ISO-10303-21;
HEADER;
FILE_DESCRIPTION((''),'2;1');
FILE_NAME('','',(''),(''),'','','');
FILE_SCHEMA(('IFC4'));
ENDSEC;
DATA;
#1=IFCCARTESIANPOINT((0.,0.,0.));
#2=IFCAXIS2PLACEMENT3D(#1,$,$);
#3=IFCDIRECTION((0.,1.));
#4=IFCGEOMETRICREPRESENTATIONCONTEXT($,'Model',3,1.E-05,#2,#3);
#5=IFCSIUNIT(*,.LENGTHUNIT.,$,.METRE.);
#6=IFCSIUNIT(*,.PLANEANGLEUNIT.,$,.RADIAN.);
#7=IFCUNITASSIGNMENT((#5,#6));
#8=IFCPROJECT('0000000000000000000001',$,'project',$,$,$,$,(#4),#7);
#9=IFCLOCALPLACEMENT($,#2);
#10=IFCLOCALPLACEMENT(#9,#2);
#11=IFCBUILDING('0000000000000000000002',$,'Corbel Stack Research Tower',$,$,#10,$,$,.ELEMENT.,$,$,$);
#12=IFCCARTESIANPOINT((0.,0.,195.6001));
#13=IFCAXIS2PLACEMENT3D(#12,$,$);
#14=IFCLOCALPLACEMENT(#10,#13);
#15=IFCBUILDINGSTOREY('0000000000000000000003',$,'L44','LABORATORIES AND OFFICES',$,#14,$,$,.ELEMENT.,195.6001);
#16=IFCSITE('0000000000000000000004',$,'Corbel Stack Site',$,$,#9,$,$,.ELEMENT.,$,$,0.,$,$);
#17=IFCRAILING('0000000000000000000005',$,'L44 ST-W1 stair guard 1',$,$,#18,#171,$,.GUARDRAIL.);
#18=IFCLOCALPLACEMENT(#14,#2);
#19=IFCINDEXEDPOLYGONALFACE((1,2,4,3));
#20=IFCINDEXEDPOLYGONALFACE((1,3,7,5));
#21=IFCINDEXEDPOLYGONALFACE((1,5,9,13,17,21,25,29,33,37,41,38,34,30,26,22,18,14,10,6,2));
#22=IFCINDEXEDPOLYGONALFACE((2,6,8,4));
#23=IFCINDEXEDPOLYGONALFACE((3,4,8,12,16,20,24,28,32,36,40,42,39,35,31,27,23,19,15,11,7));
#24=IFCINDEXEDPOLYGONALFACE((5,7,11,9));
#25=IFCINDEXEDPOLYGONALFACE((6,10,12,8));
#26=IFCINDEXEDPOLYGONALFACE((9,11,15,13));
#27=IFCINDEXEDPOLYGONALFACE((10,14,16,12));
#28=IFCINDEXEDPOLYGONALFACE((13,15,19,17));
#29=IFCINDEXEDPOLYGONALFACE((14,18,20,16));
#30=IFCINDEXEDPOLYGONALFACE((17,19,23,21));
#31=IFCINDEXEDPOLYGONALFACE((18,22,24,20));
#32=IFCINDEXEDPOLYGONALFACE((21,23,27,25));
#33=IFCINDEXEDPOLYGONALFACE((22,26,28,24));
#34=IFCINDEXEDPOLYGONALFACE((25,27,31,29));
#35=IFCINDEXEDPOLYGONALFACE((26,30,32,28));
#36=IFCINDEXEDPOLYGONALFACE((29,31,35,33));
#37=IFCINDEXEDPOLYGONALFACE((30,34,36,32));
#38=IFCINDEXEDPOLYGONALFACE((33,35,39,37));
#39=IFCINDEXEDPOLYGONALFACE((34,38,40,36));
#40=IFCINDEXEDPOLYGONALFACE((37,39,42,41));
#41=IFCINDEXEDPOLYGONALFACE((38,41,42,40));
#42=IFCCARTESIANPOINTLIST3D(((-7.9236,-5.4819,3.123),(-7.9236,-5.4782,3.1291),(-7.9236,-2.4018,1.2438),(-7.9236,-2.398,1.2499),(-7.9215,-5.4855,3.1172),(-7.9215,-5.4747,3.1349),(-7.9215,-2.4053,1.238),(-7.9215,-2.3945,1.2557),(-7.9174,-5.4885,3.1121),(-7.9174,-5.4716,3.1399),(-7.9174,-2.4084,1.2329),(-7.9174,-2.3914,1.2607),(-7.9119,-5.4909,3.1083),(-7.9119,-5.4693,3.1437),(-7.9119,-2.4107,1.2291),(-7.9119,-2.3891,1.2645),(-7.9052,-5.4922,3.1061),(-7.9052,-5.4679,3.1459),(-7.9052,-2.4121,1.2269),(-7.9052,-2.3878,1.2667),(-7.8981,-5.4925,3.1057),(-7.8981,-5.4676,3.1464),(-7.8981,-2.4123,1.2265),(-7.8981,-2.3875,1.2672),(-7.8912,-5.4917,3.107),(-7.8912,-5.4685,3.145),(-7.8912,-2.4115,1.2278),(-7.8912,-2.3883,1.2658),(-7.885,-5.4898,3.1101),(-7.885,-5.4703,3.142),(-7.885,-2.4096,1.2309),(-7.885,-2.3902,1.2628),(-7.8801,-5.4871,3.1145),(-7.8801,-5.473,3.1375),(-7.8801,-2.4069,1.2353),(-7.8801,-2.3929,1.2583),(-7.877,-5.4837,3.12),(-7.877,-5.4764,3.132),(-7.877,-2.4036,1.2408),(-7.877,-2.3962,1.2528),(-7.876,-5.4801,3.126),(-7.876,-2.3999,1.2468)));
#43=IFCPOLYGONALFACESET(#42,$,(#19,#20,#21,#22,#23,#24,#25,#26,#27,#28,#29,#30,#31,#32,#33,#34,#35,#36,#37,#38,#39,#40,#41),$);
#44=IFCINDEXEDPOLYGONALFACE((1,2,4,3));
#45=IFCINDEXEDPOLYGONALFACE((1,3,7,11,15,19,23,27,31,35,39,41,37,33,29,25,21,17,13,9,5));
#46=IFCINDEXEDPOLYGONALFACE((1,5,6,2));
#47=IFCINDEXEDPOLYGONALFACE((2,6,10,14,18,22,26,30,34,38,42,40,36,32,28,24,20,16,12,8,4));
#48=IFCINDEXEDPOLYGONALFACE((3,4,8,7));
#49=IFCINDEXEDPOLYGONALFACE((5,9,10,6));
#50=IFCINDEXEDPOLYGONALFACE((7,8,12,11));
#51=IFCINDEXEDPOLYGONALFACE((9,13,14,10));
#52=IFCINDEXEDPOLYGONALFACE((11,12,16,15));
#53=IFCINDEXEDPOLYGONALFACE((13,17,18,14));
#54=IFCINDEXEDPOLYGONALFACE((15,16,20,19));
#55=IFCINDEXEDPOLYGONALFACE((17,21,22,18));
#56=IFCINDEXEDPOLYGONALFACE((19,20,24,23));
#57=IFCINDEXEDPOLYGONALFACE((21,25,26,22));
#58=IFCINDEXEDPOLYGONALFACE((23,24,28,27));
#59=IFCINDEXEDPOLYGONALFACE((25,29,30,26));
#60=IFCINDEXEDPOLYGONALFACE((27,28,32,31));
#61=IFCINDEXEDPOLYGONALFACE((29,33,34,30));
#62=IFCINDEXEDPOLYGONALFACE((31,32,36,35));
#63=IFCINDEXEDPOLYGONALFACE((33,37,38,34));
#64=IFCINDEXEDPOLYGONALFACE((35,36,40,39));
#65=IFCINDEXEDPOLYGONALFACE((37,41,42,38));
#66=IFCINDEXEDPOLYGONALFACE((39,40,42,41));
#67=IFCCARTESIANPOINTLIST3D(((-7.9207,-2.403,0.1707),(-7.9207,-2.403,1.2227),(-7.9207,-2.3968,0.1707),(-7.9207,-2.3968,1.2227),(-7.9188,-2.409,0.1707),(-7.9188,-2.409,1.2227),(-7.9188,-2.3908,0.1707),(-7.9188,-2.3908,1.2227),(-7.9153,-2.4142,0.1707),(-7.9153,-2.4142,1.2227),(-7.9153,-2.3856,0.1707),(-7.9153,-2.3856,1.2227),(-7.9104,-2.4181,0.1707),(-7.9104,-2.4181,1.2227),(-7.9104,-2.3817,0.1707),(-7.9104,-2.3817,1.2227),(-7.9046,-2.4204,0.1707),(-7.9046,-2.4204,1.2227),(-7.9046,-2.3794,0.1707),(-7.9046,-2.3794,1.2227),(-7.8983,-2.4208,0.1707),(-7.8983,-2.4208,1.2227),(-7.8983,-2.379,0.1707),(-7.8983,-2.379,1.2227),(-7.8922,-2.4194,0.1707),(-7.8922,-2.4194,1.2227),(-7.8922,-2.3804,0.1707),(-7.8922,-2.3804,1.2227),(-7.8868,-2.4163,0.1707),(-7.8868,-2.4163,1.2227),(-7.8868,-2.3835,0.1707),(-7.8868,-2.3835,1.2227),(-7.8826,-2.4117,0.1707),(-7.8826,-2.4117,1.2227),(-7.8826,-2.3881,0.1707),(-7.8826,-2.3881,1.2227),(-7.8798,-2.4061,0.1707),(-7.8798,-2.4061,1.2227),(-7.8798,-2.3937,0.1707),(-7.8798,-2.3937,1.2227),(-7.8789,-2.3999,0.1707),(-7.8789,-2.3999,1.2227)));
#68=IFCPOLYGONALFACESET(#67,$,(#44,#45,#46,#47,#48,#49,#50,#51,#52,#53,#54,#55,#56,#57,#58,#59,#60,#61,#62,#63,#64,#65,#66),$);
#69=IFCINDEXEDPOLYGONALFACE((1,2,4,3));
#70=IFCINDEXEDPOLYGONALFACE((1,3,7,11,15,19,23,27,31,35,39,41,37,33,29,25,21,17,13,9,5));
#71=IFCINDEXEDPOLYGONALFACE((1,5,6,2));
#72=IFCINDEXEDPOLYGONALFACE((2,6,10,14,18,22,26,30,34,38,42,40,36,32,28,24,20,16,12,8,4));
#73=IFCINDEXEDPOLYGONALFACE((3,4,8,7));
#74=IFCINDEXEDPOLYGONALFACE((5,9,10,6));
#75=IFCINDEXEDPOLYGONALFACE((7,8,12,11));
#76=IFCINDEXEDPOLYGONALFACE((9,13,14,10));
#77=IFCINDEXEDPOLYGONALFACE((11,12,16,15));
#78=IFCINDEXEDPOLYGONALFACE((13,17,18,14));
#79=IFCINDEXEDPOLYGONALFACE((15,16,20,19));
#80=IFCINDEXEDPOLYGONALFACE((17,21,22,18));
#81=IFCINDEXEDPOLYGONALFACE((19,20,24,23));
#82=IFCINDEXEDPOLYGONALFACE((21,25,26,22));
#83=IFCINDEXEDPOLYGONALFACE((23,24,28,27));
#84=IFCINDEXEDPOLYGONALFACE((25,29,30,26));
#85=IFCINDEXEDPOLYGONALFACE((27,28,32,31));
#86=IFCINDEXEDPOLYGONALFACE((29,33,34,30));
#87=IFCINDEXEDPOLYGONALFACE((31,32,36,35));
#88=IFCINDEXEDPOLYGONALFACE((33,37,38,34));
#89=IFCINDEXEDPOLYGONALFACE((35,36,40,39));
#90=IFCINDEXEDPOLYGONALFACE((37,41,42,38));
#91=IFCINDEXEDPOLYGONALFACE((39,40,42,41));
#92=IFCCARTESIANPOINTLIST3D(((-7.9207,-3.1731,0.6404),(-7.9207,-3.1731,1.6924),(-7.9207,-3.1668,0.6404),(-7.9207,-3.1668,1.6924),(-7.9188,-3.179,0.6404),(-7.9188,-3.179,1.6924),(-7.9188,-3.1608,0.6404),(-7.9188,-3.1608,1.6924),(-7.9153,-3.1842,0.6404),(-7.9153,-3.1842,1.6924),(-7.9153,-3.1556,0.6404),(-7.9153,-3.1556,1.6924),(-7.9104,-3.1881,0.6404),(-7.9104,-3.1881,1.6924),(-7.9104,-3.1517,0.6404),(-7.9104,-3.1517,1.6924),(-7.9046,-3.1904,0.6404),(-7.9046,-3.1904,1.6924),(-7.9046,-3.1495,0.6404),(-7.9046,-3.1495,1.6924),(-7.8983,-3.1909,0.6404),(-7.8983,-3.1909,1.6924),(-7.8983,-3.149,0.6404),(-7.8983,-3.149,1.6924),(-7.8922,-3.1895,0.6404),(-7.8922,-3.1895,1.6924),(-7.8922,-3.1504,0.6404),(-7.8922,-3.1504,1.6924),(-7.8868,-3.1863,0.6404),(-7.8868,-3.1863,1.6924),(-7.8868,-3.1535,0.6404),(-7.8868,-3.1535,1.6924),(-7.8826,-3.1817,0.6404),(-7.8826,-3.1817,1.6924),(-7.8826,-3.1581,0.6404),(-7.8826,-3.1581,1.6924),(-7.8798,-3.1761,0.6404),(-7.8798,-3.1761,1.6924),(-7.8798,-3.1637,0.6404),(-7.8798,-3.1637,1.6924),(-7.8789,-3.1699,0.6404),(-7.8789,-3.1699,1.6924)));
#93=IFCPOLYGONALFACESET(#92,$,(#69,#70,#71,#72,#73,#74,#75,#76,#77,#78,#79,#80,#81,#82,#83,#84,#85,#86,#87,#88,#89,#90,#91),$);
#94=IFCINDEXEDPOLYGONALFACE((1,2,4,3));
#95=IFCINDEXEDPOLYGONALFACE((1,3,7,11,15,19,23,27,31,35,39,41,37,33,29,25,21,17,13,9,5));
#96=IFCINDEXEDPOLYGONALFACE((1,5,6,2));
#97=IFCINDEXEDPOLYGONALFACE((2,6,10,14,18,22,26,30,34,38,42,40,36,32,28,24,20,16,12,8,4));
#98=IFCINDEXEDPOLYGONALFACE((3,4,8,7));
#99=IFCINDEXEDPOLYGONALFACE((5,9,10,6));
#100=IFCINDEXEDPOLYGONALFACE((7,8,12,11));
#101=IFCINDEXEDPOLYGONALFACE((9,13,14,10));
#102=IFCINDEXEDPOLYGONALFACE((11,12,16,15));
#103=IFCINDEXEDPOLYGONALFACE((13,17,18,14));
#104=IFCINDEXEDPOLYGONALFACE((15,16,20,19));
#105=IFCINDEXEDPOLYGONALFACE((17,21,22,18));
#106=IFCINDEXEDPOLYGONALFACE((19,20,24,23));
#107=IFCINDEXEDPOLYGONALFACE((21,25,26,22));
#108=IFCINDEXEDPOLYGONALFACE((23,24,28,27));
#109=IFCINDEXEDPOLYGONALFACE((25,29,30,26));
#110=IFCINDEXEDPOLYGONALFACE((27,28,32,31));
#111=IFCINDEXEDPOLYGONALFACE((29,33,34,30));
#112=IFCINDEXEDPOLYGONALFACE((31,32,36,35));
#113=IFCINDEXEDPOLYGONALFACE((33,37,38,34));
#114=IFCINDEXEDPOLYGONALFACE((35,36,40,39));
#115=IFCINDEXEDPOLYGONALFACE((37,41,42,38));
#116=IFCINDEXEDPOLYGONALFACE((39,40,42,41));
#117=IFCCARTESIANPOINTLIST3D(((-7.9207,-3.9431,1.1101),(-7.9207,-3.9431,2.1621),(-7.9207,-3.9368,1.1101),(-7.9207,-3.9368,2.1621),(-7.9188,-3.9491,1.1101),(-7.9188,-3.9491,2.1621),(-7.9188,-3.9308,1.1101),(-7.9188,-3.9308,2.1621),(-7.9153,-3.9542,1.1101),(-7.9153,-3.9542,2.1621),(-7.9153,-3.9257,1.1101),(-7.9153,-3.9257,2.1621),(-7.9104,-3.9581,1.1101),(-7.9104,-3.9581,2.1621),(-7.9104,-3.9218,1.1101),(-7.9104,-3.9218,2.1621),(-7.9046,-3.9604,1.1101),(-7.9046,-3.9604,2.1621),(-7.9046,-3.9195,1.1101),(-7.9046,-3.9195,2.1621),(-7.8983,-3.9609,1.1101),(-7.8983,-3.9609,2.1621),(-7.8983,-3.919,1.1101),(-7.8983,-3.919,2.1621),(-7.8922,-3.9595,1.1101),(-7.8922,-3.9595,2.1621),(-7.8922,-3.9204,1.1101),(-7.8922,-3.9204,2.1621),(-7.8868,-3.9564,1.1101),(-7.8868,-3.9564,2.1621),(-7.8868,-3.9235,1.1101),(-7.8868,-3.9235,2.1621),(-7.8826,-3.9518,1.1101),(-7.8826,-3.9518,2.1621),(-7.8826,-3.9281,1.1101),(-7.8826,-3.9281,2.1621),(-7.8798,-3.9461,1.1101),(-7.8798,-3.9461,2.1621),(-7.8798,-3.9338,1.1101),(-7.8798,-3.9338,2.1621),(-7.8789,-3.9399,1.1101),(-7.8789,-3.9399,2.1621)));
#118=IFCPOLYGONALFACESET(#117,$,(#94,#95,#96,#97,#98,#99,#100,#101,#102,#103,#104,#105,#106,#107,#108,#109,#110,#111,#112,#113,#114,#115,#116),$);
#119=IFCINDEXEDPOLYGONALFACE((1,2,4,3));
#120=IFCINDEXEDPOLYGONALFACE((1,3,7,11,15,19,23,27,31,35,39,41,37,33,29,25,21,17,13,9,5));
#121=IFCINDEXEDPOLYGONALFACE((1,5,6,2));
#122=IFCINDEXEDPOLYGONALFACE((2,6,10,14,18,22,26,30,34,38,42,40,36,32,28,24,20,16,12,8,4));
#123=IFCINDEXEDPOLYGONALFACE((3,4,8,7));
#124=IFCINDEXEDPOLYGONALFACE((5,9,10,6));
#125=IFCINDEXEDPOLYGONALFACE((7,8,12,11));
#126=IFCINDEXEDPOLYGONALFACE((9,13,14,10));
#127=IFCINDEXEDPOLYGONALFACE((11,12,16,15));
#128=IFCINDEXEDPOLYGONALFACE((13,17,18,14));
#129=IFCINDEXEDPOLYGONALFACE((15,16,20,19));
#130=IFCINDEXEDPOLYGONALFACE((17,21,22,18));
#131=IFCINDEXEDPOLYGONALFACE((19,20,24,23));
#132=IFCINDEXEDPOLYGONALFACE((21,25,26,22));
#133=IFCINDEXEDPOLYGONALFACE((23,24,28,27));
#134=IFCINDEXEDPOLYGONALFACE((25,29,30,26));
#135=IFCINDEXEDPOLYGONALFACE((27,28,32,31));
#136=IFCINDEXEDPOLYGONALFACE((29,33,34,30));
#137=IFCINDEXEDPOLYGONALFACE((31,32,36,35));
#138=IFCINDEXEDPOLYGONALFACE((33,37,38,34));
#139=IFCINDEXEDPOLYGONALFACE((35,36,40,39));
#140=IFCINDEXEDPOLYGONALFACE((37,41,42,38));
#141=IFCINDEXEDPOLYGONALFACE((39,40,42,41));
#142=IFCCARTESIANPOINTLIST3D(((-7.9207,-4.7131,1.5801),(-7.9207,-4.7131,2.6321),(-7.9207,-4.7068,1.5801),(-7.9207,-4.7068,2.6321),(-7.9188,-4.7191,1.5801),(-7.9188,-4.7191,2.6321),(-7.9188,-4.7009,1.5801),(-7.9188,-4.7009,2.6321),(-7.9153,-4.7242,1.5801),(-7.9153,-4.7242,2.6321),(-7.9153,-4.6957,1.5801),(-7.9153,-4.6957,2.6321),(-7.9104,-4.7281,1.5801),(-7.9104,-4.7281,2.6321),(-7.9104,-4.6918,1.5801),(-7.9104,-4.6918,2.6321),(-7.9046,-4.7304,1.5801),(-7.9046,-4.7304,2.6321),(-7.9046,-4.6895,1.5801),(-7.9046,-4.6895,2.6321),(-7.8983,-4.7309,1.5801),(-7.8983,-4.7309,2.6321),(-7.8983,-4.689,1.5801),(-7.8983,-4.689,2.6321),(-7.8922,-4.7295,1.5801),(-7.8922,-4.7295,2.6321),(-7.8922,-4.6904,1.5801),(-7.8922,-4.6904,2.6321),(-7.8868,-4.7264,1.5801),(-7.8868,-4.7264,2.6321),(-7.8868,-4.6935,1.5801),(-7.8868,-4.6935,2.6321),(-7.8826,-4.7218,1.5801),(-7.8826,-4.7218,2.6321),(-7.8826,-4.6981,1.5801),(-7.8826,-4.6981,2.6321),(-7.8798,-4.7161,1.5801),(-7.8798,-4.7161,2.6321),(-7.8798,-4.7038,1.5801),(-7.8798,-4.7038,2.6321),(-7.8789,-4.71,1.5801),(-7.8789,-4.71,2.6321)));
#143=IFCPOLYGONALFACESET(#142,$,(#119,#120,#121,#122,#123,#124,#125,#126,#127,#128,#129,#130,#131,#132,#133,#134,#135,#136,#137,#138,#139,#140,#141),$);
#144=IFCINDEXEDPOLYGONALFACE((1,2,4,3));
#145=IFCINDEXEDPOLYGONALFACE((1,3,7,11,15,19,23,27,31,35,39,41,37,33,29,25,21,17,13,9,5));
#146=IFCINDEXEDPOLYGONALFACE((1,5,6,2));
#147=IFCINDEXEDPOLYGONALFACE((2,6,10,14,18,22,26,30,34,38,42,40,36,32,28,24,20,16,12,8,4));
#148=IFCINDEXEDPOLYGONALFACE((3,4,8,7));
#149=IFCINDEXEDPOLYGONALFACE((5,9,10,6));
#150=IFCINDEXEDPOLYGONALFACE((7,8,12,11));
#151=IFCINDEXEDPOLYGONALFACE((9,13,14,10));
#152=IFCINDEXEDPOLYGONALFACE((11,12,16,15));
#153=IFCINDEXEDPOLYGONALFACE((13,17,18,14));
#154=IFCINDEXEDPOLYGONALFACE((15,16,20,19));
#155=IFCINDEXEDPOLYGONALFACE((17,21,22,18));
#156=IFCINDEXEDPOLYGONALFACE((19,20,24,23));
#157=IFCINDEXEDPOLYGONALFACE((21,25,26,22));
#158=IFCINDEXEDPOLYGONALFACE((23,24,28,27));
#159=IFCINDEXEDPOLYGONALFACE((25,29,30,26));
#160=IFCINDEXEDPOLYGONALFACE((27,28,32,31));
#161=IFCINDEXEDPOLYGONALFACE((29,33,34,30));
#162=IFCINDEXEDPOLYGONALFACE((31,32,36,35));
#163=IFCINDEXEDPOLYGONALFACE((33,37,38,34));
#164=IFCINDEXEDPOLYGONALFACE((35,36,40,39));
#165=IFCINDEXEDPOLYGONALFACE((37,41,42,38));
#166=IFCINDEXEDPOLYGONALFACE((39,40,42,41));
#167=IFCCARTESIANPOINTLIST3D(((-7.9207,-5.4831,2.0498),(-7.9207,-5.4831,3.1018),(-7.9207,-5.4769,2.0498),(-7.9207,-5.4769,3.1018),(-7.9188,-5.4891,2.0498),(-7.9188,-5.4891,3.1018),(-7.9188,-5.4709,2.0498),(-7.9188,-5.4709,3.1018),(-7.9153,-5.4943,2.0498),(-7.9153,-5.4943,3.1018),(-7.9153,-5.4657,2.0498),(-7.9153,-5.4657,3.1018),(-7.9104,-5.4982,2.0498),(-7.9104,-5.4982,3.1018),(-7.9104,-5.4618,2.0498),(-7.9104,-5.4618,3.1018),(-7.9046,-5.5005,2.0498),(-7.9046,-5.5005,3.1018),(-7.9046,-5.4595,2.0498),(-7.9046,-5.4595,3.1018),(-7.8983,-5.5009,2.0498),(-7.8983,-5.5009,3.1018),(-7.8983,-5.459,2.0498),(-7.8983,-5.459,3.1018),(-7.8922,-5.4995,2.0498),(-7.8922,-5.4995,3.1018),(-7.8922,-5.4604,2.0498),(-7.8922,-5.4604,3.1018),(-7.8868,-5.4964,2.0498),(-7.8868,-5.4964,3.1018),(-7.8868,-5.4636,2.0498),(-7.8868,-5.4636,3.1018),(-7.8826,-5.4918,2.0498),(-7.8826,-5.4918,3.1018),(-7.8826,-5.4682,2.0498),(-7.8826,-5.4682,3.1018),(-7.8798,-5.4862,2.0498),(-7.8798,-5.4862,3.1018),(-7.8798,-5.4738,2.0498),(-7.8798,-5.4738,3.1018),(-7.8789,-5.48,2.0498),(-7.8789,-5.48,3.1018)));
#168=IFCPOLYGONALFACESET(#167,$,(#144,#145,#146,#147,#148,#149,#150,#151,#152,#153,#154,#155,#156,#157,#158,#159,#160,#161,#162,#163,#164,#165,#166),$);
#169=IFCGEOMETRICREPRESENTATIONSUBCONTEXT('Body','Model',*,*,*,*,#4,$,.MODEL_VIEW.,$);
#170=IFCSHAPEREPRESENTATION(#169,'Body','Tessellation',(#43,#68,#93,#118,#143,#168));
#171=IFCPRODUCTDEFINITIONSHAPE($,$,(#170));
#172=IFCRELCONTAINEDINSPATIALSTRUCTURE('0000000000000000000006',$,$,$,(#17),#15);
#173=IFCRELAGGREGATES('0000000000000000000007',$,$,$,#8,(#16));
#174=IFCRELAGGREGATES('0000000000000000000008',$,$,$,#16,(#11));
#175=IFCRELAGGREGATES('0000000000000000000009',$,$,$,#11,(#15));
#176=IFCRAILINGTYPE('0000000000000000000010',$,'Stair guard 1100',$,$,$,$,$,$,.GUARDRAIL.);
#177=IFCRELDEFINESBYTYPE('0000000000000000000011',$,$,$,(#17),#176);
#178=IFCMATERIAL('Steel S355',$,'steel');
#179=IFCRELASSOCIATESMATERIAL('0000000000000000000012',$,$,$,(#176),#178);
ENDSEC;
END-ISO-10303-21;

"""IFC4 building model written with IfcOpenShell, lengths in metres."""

from ifc_helpers import new_model, si_unit, direction, frame, origin, origin_2d, place, context, subcontext, project, spatial, circle, extrude, material, type_object, element, save


model = new_model("IFC4")

# Units and contexts
model_context = context("Model", 3, precision=1e-05, world=origin(), true_north=direction((0.0, 1.0)))
body_context = subcontext(model_context, "Body", "Model", "MODEL_VIEW")
ifc_project = project(units=[si_unit("LENGTHUNIT", "METRE"), si_unit("PLANEANGLEUNIT", "RADIAN")], contexts=[model_context])

# Site, building, storey
site_placement = place(None, origin())
site = spatial("IfcSite", under=ifc_project, at=site_placement, Name="Corbel Stack Site", CompositionType="ELEMENT", RefElevation=0.0)
building_placement = place(site_placement, origin())
building = spatial("IfcBuilding", under=site, at=building_placement, Name="Corbel Stack Research Tower", CompositionType="ELEMENT")
storey_placement = place(building_placement, frame((0.0, 0.0, 195.6001)))
storey = spatial("IfcBuildingStorey", under=building, at=storey_placement, Name="L44", Description="LABORATORIES AND OFFICES", CompositionType="ELEMENT", Elevation=195.6001)

# Railing
ifc_material_1 = material(Name="Steel S355", Category="steel")
railing_type_1 = type_object("IfcRailingType", Name="Stair guard 1100", PredefinedType="GUARDRAIL", material=ifc_material_1)
railing_1_placement = place(storey_placement, frame((-7.8999, -2.3999, 0.1707)))
element("IfcRailing", 1, at=railing_1_placement, inside=storey, type_object=railing_type_1, Name="L44 ST-W1 stair guard 1", PredefinedType="GUARDRAIL", context=body_context, shape_type="SweptSolid", body=[
    extrude(circle(Radius=0.0239, at=origin_2d()), frame((0.0, 0.0, 1.0762), z_axis=(0.0, -0.853666, 0.52082), x_axis=(1.0, 0.0, 0.0)), (0.0, 0.0, 1.0), 3.6082),
    extrude(circle(Radius=0.021, at=origin_2d()), origin(), (0.0, 0.0, 1.0), 1.052),
    extrude(circle(Radius=0.021, at=origin_2d()), frame((0.0, -0.77, 0.4697)), (0.0, 0.0, 1.0), 1.052),
    extrude(circle(Radius=0.021, at=origin_2d()), frame((0.0, -1.54, 0.9395)), (0.0, 0.0, 1.0), 1.052),
    extrude(circle(Radius=0.021, at=origin_2d()), frame((0.0, -2.3101, 1.4094)), (0.0, 0.0, 1.0), 1.052),
    extrude(circle(Radius=0.021, at=origin_2d()), frame((0.0, -3.0801, 1.8792)), (0.0, 0.0, 1.0), 1.052),
])

save(model, "model.ifc")
